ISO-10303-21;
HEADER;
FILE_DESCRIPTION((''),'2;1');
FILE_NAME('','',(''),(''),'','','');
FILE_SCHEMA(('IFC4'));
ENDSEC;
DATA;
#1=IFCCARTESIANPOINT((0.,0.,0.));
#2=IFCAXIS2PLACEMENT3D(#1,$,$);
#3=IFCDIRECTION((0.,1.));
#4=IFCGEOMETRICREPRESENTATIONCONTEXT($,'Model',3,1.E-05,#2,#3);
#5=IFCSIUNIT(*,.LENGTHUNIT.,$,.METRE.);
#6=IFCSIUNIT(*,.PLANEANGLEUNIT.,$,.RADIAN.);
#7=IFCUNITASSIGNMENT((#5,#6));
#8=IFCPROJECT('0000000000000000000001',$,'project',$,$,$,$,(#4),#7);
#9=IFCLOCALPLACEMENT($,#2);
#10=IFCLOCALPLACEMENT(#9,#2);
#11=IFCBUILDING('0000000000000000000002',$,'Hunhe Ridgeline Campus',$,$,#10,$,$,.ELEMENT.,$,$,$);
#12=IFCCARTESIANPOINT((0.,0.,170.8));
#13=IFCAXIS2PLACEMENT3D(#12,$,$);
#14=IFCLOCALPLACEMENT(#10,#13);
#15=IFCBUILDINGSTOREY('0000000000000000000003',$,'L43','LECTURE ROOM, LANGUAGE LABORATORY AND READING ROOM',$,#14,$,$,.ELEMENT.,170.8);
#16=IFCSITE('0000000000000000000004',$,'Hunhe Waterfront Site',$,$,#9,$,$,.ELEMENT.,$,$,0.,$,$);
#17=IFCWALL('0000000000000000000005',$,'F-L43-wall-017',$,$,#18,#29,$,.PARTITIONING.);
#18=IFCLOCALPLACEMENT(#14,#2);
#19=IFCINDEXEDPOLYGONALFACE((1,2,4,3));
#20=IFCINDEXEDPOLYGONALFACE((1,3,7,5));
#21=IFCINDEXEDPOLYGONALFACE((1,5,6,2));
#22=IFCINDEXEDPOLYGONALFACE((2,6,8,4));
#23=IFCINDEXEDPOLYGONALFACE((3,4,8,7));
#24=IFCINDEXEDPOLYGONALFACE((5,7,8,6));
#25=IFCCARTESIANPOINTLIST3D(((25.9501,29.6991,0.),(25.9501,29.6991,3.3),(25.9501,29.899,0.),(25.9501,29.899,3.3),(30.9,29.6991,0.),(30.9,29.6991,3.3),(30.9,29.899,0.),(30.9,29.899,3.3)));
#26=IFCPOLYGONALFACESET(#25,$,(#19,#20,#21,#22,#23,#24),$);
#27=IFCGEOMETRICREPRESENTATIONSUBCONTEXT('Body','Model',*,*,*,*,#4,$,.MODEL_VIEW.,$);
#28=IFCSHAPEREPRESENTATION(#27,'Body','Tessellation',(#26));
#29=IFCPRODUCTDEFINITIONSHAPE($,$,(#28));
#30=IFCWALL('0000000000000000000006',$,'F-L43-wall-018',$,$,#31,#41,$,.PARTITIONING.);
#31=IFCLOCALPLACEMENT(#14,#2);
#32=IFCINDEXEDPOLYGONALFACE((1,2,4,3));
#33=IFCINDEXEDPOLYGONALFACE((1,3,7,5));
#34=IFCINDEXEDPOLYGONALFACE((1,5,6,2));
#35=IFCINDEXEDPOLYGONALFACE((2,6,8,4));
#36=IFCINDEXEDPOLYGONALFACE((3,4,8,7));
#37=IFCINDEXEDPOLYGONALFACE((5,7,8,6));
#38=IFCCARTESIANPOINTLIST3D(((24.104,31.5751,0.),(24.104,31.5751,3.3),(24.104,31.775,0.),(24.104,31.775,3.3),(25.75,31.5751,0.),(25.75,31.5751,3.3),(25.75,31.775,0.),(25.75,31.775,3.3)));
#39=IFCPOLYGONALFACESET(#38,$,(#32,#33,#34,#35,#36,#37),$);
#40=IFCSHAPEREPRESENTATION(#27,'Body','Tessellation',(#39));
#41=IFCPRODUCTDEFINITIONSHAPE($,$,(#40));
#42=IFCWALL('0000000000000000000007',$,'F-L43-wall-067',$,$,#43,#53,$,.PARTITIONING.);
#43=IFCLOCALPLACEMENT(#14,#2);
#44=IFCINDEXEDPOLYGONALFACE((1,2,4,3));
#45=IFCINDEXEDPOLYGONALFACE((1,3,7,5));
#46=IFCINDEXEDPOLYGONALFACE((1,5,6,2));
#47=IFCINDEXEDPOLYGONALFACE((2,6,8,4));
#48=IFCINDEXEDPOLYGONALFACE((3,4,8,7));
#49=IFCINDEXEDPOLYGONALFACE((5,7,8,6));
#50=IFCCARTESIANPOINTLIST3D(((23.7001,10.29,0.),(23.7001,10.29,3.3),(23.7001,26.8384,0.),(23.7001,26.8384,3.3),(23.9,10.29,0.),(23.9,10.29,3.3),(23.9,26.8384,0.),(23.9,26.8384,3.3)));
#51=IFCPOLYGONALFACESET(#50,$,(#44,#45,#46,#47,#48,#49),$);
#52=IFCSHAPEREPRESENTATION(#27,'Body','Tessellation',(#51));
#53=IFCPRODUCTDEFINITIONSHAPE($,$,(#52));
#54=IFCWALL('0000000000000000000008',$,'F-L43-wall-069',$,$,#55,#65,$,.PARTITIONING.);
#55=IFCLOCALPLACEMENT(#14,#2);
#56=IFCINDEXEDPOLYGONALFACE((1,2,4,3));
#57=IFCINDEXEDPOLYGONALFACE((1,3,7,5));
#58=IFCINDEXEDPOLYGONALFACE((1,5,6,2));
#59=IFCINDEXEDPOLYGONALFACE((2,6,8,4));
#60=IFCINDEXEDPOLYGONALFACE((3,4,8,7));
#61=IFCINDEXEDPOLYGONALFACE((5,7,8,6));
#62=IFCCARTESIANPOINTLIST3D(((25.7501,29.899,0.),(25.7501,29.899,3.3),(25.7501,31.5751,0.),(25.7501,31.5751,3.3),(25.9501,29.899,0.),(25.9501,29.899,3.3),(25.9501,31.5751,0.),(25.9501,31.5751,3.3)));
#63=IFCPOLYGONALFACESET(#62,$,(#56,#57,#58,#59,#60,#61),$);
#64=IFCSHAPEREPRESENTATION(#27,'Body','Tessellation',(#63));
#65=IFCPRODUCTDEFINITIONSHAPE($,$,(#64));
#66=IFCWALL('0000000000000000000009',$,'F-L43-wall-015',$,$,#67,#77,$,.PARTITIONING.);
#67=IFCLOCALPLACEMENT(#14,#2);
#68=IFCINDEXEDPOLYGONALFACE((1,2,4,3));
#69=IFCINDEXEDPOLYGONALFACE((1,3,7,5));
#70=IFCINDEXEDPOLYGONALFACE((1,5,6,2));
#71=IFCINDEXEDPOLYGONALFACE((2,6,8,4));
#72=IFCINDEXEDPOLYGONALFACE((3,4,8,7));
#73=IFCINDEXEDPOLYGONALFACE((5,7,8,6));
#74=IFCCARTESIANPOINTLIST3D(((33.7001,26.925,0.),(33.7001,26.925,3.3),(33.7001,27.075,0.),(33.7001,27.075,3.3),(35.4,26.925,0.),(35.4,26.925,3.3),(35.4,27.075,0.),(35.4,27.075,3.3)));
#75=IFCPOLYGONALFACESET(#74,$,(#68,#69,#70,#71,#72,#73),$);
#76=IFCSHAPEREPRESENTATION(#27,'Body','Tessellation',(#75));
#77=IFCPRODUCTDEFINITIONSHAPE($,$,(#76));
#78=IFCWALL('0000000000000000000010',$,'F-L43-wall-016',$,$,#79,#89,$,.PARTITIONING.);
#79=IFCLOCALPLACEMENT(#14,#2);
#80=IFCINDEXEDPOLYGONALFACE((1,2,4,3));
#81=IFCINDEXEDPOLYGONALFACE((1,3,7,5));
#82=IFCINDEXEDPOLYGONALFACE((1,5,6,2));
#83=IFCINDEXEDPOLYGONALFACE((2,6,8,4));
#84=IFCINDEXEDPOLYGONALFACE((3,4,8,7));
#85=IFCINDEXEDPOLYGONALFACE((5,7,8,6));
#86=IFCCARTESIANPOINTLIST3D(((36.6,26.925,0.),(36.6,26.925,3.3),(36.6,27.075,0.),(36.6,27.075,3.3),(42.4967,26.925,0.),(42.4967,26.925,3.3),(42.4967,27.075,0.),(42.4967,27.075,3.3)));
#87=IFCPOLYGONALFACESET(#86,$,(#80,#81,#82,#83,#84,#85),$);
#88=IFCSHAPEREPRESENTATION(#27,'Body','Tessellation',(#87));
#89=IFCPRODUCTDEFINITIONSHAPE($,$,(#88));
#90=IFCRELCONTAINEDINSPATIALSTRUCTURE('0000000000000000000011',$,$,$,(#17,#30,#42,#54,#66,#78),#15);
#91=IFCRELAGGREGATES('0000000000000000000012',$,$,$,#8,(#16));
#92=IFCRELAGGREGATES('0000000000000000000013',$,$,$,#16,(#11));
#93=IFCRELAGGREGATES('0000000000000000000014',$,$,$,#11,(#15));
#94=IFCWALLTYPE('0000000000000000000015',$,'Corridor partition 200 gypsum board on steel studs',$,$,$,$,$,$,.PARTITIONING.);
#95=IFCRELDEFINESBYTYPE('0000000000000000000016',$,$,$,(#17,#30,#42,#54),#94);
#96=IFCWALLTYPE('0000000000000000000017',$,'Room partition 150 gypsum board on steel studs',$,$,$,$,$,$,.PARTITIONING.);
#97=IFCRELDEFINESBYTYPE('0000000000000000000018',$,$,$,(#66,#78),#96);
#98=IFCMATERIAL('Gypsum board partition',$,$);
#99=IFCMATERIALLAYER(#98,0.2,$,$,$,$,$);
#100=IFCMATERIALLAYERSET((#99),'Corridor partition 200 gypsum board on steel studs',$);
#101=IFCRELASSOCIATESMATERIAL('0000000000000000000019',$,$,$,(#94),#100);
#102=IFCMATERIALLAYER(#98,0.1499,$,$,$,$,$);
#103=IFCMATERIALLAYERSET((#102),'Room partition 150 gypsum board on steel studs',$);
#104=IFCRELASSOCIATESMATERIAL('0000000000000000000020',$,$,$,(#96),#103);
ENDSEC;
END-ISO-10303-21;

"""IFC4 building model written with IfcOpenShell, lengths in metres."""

from ifc_helpers import new_model, si_unit, direction, frame, frame_2d, origin, place, context, subcontext, project, spatial, rectangle, extrude, material, layer, layer_set, type_object, element, save


model = new_model("IFC4")

# Units and contexts
model_context = context("Model", 3, precision=1e-05, world=origin(), true_north=direction((0.0, 1.0)))
body_context = subcontext(model_context, "Body", "Model", "MODEL_VIEW")
ifc_project = project(units=[si_unit("LENGTHUNIT", "METRE"), si_unit("PLANEANGLEUNIT", "RADIAN")], contexts=[model_context])

# Site, building, storey
site_placement = place(None, origin())
site = spatial("IfcSite", under=ifc_project, at=site_placement, Name="Hunhe Waterfront Site", CompositionType="ELEMENT", RefElevation=0.0)
building_placement = place(site_placement, origin())
building = spatial("IfcBuilding", under=site, at=building_placement, Name="Hunhe Ridgeline Campus", CompositionType="ELEMENT")
storey_placement = place(building_placement, frame((0.0, 0.0, 170.8)))
storey = spatial("IfcBuildingStorey", under=building, at=storey_placement, Name="L43", Description="LECTURE ROOM, LANGUAGE LABORATORY AND READING ROOM", CompositionType="ELEMENT", Elevation=170.8)

# Walls
ifc_material_1 = material(Name="Gypsum board partition")
ifc_layer_1 = layer(ifc_material_1, 0.2)
ifc_layer_set_1 = layer_set([ifc_layer_1], Name="Corridor partition 200 gypsum board on steel studs")
wall_type_1 = type_object("IfcWallType", Name="Corridor partition 200 gypsum board on steel studs", PredefinedType="PARTITIONING", material=ifc_layer_set_1)
wall_1_placement = place(storey_placement, frame((25.95, 29.7991, 0.0), z_axis=(0.0, 0.0, 1.0), x_axis=(1.0, 0.0, 0.0)))
element("IfcWall", 1, at=wall_1_placement, inside=storey, type_object=wall_type_1, Name="F-L43-wall-017", PredefinedType="PARTITIONING", context=body_context, shape_type="SweptSolid", body=[
    extrude(rectangle(XDim=4.95, YDim=0.2, at=frame_2d((2.4751, 0.0))), origin(), (0.0, 0.0, 1.0), 3.3),
])
wall_2_placement = place(storey_placement, frame((24.104, 31.675, 0.0), z_axis=(0.0, 0.0, 1.0), x_axis=(1.0, 0.0, 0.0)))
element("IfcWall", 2, at=wall_2_placement, inside=storey, type_object=wall_type_1, Name="F-L43-wall-018", PredefinedType="PARTITIONING", context=body_context, shape_type="SweptSolid", body=[
    extrude(rectangle(XDim=1.646, YDim=0.2, at=frame_2d((0.823, 0.0))), origin(), (0.0, 0.0, 1.0), 3.3),
])
wall_3_placement = place(storey_placement, frame((23.8, 26.8384, 0.0), z_axis=(0.0, 0.0, 1.0), x_axis=(0.0, -1.0, 0.0)))
element("IfcWall", 3, at=wall_3_placement, inside=storey, type_object=wall_type_1, Name="F-L43-wall-067", PredefinedType="PARTITIONING", context=body_context, shape_type="SweptSolid", body=[
    extrude(rectangle(XDim=16.5483, YDim=0.2, at=frame_2d((8.2742, 0.0))), origin(), (0.0, 0.0, 1.0), 3.3),
])
wall_4_placement = place(storey_placement, frame((25.8501, 31.575, 0.0), z_axis=(0.0, 0.0, 1.0), x_axis=(0.0, -1.0, 0.0)))
element("IfcWall", 4, at=wall_4_placement, inside=storey, type_object=wall_type_1, Name="F-L43-wall-069", PredefinedType="PARTITIONING", context=body_context, shape_type="SweptSolid", body=[
    extrude(rectangle(XDim=1.676, YDim=0.2, at=frame_2d((0.8379, 0.0))), origin(), (0.0, 0.0, 1.0), 3.3),
])

# Walls
ifc_layer_2 = layer(ifc_material_1, 0.1499)
ifc_layer_set_2 = layer_set([ifc_layer_2], Name="Room partition 150 gypsum board on steel studs")
wall_type_2 = type_object("IfcWallType", Name="Room partition 150 gypsum board on steel studs", PredefinedType="PARTITIONING", material=ifc_layer_set_2)
wall_5_placement = place(storey_placement, frame((33.7, 27.0, 0.0), z_axis=(0.0, 0.0, 1.0), x_axis=(1.0, 0.0, 0.0)))
element("IfcWall", 5, at=wall_5_placement, inside=storey, type_object=wall_type_2, Name="F-L43-wall-015", PredefinedType="PARTITIONING", context=body_context, shape_type="SweptSolid", body=[
    extrude(rectangle(XDim=1.7, YDim=0.1499, at=frame_2d((0.8501, 0.0))), origin(), (0.0, 0.0, 1.0), 3.3),
])
wall_6_placement = place(storey_placement, frame((36.6001, 27.0, 0.0), z_axis=(0.0, 0.0, 1.0), x_axis=(1.0, 0.0, 0.0)))
element("IfcWall", 6, at=wall_6_placement, inside=storey, type_object=wall_type_2, Name="F-L43-wall-016", PredefinedType="PARTITIONING", context=body_context, shape_type="SweptSolid", body=[
    extrude(rectangle(XDim=5.8967, YDim=0.1499, at=frame_2d((2.9482, 0.0))), origin(), (0.0, 0.0, 1.0), 3.3),
])

save(model, "model.ifc")
